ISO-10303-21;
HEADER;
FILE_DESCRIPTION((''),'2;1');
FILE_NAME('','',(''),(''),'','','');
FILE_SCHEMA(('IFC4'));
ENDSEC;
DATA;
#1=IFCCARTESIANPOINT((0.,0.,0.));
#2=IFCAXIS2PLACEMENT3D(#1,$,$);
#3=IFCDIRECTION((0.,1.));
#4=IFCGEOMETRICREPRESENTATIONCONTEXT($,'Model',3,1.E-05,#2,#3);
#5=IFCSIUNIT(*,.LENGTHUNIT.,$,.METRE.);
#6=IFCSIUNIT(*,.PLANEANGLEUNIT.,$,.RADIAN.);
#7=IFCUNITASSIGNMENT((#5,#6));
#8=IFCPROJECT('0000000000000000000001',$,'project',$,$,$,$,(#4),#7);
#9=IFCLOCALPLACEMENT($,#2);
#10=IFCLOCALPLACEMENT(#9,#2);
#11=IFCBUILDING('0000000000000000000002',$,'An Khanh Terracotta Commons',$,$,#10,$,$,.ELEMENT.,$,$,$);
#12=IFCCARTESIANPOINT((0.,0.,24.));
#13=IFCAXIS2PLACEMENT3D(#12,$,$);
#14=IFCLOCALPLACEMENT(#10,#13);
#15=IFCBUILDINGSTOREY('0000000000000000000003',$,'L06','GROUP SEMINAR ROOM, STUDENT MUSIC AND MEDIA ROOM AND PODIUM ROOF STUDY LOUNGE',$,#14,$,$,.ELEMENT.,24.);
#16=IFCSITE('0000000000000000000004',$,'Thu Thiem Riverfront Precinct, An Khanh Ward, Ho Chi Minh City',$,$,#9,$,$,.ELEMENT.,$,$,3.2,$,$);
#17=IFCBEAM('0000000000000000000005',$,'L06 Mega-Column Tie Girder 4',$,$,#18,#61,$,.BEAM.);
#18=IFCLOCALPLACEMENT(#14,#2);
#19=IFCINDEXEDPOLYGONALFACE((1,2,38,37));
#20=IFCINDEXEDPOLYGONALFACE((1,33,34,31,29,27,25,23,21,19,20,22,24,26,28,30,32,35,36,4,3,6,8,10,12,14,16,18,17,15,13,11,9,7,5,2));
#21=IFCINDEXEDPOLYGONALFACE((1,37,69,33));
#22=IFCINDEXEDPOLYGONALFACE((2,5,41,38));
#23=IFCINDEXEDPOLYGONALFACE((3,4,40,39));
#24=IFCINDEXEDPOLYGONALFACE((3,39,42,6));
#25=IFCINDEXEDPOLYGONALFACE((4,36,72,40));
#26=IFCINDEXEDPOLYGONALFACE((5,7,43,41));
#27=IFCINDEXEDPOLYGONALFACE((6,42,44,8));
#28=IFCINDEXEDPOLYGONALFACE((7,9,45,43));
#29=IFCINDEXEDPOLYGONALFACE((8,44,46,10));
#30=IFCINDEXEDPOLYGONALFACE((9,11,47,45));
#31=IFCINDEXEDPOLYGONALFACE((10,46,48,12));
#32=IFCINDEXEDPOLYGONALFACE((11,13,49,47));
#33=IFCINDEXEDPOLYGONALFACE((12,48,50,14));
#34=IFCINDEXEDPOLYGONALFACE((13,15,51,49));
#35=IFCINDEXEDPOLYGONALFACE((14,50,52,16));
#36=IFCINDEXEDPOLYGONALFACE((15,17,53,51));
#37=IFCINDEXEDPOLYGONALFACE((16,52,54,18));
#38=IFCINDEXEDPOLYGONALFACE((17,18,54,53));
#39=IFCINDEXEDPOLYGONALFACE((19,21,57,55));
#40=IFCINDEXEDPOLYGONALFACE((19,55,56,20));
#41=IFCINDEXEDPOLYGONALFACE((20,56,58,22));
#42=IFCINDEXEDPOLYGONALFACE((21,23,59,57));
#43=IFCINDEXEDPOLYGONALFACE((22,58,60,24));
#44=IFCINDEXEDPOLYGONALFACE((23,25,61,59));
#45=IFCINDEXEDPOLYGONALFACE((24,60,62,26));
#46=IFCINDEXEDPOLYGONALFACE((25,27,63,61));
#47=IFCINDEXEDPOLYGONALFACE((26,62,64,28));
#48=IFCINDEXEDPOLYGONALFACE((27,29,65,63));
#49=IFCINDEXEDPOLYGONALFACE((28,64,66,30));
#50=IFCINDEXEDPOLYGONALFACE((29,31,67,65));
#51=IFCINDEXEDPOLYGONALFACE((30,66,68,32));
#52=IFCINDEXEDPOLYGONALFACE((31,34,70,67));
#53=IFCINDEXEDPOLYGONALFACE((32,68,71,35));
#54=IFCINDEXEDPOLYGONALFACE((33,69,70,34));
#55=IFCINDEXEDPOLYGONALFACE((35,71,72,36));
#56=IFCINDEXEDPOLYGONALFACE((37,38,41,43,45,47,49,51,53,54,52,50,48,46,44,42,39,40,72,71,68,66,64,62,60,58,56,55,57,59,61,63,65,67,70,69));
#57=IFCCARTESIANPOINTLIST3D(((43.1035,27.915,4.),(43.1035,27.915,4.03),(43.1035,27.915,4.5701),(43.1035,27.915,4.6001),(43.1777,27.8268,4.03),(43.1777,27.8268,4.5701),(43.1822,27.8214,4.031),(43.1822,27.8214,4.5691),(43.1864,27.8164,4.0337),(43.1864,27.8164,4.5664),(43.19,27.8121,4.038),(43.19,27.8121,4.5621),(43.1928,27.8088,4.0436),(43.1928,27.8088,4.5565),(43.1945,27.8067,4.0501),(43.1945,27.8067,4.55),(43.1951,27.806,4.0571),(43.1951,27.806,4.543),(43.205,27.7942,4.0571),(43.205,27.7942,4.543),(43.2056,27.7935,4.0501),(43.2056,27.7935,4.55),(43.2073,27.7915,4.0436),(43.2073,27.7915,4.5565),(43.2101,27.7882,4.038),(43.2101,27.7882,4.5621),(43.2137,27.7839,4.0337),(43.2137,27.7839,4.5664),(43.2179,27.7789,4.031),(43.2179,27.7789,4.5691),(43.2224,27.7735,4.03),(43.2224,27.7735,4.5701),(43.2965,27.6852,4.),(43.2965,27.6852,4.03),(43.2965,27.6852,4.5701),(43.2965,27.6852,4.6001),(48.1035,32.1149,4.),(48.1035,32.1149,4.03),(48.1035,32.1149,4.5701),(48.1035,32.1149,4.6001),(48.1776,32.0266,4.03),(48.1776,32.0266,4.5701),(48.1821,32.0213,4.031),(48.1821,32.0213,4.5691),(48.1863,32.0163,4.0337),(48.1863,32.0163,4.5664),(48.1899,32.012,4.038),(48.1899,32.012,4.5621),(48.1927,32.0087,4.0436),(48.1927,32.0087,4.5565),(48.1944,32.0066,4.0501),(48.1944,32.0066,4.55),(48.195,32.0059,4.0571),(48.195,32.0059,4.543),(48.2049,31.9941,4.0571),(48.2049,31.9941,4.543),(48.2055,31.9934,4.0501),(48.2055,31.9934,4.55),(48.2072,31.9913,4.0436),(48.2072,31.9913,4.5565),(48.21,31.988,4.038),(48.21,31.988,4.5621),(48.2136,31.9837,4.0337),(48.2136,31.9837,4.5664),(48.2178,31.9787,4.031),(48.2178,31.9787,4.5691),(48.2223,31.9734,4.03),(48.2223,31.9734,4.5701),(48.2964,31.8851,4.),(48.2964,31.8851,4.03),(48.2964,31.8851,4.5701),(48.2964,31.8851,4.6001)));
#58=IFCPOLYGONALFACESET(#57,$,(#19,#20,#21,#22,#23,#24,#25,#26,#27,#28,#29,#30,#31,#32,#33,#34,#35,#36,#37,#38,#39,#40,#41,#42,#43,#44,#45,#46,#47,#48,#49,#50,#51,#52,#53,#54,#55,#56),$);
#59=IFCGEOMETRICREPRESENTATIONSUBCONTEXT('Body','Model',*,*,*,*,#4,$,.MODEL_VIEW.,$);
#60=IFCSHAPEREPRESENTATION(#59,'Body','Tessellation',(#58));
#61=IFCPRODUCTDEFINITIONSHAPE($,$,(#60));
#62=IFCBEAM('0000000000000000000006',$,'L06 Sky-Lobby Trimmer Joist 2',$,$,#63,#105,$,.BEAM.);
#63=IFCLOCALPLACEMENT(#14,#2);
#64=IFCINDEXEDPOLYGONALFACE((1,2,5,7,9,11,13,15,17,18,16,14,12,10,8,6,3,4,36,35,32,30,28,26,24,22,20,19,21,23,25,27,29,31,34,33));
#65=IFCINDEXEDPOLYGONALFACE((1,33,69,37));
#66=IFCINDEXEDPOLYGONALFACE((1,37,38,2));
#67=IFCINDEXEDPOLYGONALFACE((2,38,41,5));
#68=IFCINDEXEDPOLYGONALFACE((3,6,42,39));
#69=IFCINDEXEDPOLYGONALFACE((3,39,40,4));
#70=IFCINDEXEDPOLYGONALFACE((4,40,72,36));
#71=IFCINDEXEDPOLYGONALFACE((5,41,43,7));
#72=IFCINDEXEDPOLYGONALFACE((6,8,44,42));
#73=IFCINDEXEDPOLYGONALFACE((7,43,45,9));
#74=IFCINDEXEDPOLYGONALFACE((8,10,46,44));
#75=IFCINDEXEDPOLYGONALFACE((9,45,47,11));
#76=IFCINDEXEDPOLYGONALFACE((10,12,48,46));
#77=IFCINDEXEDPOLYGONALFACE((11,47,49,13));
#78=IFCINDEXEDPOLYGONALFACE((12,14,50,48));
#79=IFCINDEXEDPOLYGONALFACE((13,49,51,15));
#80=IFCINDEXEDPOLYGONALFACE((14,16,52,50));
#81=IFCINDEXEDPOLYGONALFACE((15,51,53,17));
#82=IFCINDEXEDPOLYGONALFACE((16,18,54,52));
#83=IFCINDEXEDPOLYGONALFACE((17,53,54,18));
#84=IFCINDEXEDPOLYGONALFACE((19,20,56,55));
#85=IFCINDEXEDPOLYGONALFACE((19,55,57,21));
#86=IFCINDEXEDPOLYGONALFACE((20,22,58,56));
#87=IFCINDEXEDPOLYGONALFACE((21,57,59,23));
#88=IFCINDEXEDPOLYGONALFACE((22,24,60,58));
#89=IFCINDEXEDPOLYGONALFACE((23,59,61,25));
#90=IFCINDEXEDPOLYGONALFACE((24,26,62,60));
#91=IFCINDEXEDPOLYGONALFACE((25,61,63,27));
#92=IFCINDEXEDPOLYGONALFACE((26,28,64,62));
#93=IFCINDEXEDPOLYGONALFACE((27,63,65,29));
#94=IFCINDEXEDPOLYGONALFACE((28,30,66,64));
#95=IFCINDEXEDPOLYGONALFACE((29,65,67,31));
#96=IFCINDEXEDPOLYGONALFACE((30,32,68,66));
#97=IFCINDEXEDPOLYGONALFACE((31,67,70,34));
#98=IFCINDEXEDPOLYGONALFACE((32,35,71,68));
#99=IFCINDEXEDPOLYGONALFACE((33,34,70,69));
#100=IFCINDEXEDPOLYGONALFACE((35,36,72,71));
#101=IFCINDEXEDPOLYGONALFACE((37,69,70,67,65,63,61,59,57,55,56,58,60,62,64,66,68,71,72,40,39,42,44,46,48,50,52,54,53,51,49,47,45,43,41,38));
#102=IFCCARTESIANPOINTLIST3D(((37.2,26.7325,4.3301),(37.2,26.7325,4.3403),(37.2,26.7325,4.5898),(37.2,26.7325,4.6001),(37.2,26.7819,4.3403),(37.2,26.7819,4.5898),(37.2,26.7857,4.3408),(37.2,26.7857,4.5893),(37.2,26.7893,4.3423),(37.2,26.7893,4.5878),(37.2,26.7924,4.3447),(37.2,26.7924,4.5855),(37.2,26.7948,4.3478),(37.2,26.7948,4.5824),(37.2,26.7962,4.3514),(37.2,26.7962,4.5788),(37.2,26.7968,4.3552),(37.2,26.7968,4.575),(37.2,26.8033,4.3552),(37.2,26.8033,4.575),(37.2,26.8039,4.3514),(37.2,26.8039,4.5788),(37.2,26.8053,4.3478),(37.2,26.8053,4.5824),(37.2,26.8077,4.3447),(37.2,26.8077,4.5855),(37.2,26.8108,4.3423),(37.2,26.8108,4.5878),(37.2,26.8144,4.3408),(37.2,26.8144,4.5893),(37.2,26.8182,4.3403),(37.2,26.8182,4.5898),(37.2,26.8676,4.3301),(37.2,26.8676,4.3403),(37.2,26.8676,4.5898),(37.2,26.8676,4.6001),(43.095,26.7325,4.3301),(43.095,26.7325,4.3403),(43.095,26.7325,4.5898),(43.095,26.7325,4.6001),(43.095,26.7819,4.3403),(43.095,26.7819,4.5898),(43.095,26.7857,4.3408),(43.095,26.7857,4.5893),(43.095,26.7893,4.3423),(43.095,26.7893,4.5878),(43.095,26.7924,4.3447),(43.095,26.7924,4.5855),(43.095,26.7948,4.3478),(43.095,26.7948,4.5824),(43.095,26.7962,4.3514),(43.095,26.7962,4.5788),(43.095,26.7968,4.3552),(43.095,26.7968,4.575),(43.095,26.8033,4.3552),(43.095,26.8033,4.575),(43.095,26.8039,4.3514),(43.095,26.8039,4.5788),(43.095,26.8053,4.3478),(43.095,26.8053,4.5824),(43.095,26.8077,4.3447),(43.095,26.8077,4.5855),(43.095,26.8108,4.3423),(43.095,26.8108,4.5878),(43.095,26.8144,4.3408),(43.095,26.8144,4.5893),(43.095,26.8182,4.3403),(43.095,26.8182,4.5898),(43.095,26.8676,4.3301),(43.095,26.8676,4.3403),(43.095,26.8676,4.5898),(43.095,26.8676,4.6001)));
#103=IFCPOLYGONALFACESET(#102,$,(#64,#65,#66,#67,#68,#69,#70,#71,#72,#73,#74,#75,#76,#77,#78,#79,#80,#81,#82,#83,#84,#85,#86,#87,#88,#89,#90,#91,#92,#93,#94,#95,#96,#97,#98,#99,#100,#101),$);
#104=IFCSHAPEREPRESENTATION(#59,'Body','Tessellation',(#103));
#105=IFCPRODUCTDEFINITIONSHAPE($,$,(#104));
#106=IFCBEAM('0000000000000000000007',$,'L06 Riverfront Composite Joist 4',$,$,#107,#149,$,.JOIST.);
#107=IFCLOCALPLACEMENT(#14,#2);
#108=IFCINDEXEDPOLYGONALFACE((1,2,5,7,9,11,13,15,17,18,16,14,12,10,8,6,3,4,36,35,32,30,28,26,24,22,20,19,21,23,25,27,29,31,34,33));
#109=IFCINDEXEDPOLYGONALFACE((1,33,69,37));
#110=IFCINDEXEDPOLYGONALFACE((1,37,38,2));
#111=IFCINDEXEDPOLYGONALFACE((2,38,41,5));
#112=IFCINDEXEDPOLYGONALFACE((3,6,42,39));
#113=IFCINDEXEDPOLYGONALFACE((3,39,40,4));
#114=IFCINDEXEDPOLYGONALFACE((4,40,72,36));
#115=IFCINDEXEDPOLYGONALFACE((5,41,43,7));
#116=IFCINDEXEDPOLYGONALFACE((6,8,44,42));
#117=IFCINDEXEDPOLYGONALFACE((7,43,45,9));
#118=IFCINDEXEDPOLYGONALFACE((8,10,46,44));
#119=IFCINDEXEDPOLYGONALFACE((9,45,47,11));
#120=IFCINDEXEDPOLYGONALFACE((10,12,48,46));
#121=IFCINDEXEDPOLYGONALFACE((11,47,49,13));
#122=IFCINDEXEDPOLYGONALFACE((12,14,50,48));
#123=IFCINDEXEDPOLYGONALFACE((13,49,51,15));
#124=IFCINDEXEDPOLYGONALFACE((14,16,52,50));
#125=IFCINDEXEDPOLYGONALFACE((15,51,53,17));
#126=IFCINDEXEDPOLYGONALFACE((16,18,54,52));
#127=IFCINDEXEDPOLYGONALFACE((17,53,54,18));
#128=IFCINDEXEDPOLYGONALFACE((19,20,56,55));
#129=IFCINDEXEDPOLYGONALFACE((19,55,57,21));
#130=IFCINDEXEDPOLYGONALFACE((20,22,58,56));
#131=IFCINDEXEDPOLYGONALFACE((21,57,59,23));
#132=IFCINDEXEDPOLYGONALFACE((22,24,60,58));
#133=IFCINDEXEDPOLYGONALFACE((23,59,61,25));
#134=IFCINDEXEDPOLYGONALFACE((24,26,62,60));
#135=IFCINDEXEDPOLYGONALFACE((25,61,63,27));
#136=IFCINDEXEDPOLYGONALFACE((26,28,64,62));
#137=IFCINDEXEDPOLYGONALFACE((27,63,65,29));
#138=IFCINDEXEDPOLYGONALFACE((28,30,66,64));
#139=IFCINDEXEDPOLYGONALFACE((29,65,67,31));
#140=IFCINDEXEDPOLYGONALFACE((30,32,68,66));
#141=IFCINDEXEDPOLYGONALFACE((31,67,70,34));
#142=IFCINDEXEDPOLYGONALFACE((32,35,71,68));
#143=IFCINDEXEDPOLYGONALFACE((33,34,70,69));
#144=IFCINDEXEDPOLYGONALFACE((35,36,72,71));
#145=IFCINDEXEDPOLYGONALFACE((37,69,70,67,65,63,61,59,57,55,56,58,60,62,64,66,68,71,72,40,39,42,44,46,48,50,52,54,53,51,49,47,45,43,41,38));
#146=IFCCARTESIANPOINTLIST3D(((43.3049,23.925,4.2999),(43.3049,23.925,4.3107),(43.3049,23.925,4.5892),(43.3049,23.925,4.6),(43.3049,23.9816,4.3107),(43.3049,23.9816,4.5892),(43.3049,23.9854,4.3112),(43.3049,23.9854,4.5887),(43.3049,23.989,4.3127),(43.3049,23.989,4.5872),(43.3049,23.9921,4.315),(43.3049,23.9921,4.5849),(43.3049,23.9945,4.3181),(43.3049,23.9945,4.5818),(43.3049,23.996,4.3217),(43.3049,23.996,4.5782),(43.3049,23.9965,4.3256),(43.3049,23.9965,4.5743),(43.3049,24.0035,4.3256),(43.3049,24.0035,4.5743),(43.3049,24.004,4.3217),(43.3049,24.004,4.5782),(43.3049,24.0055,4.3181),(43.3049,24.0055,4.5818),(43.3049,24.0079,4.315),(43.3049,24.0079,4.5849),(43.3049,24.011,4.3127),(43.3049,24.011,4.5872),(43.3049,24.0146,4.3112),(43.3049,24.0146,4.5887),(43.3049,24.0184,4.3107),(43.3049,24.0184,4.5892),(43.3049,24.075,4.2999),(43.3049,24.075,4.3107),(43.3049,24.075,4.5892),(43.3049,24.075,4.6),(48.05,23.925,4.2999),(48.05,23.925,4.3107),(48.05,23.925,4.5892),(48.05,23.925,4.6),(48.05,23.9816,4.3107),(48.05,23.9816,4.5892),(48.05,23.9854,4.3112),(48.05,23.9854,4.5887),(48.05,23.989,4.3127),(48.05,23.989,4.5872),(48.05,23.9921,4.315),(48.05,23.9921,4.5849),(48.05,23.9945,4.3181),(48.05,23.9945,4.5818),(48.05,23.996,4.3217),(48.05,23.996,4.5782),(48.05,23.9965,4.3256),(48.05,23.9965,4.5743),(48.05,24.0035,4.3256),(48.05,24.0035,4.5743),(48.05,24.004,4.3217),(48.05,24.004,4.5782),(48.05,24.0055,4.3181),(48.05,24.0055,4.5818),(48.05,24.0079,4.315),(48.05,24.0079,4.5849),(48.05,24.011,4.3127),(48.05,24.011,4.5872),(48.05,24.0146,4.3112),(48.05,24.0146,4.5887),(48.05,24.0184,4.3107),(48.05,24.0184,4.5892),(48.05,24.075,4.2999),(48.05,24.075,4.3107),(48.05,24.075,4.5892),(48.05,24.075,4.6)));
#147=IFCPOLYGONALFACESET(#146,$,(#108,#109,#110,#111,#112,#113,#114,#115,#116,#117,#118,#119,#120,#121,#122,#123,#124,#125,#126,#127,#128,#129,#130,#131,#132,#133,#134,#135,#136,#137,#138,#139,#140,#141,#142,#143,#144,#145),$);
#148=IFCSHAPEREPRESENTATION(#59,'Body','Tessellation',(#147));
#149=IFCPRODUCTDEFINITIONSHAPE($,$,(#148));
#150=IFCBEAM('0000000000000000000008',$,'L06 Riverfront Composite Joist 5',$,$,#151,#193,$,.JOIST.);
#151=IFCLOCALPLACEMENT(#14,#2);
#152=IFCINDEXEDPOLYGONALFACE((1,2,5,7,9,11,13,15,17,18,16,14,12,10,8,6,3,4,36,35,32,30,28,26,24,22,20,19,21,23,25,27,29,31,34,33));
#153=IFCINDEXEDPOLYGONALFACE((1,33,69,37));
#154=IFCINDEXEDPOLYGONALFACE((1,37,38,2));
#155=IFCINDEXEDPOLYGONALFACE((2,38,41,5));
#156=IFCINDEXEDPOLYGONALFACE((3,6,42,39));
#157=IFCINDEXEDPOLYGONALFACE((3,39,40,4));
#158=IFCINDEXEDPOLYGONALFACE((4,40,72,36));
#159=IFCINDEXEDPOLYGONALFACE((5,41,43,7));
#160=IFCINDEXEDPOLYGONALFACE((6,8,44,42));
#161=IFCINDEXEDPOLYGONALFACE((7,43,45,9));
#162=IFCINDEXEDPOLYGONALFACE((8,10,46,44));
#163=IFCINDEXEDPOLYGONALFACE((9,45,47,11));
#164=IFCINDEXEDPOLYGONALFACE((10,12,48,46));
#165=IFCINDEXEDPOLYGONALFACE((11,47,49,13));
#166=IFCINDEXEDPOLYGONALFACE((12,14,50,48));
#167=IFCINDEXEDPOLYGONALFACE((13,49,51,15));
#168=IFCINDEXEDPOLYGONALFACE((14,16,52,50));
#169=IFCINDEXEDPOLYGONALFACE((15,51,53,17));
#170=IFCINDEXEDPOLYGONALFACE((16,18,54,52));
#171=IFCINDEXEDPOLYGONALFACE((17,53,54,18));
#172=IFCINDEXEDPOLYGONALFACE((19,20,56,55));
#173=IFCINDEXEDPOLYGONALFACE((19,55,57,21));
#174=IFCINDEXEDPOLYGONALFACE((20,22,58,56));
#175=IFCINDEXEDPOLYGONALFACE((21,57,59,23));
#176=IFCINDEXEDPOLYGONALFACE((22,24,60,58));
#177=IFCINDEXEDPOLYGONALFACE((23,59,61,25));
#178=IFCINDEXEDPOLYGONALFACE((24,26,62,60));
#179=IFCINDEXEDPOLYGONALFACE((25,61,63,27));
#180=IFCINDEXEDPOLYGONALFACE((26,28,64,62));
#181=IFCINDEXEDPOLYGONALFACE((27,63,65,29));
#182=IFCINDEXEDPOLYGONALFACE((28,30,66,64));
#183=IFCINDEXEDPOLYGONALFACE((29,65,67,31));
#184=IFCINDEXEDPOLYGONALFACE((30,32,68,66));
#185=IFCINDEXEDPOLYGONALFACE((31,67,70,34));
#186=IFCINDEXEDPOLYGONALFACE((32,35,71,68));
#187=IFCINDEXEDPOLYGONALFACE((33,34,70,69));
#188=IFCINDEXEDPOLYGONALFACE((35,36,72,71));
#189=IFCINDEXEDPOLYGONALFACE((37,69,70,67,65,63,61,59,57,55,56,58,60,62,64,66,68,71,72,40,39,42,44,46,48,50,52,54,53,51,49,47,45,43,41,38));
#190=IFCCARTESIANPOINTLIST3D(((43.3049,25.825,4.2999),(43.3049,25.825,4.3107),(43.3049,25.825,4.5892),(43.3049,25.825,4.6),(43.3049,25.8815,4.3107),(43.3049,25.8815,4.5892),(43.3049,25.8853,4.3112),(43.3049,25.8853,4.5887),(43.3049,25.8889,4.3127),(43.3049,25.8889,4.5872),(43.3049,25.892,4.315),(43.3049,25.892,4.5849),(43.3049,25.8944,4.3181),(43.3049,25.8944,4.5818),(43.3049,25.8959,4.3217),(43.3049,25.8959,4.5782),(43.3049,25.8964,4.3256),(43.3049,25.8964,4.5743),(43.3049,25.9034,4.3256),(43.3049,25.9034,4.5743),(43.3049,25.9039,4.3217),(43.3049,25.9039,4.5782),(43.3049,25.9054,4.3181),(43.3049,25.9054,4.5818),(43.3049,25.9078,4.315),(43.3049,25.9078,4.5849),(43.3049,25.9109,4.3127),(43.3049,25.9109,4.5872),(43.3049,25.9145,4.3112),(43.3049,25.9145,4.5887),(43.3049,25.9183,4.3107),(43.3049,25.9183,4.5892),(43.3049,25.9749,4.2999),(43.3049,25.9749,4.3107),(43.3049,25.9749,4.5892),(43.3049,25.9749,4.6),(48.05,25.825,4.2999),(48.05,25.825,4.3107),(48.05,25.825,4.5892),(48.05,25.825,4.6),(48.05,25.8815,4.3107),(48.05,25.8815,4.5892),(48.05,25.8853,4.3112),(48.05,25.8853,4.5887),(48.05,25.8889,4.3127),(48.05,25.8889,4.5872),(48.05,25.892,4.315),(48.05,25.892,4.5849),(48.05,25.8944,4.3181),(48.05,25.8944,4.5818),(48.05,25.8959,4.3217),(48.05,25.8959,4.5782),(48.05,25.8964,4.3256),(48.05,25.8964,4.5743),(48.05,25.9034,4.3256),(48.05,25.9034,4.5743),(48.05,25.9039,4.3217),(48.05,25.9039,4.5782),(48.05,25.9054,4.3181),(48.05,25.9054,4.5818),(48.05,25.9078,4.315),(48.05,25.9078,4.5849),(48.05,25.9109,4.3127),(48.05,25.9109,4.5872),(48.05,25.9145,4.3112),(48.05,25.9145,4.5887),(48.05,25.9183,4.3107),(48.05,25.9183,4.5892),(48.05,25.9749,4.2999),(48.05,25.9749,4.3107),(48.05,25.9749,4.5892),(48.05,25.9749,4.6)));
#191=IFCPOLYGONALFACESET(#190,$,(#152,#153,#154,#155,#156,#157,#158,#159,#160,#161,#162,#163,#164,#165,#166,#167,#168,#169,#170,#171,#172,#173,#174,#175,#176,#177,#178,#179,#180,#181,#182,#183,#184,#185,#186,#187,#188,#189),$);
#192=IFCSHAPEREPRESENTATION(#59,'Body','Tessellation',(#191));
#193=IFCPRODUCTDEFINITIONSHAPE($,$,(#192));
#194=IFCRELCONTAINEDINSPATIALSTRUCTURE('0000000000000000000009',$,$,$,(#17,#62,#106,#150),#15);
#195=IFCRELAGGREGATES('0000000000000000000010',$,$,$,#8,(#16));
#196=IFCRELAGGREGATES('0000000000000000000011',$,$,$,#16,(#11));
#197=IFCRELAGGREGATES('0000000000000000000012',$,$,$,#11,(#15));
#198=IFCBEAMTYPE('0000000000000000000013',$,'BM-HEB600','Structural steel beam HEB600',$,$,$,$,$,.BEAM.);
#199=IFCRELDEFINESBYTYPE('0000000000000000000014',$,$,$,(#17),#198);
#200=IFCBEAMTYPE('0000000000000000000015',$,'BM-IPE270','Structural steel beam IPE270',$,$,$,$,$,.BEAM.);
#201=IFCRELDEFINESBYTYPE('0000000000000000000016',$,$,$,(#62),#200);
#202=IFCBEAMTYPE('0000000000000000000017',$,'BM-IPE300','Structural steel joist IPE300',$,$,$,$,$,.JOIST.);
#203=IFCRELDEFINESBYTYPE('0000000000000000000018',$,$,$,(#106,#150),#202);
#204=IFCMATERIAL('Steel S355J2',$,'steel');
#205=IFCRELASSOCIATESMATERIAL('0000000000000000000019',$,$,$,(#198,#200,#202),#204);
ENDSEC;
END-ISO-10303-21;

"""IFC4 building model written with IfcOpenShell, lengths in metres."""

from ifc_helpers import new_model, si_unit, direction, frame, origin, origin_2d, place, context, subcontext, project, spatial, i_section, extrude, material, material_profile, profile_set, type_object, element, save


model = new_model("IFC4")

# Units and contexts
model_context = context("Model", 3, precision=1e-05, world=origin(), true_north=direction((0.0, 1.0)))
body_context = subcontext(model_context, "Body", "Model", "MODEL_VIEW")
ifc_project = project(units=[si_unit("LENGTHUNIT", "METRE"), si_unit("PLANEANGLEUNIT", "RADIAN")], contexts=[model_context])

# Site, building, storey
site_placement = place(None, origin())
site = spatial("IfcSite", under=ifc_project, at=site_placement, Name="Thu Thiem Riverfront Precinct, An Khanh Ward, Ho Chi Minh City", CompositionType="ELEMENT", RefElevation=3.2)
building_placement = place(site_placement, origin())
building = spatial("IfcBuilding", under=site, at=building_placement, Name="An Khanh Terracotta Commons", CompositionType="ELEMENT")
storey_placement = place(building_placement, frame((0.0, 0.0, 24.0)))
storey = spatial("IfcBuildingStorey", under=building, at=storey_placement, Name="L06", Description="GROUP SEMINAR ROOM, STUDENT MUSIC AND MEDIA ROOM AND PODIUM ROOF STUDY LOUNGE", CompositionType="ELEMENT", Elevation=24.0)

# Beams
ifc_material_1 = material(Name="Steel S355J2", Category="steel")
ifc_material_profile_1 = material_profile(ifc_material_1, i_section(OverallWidth=0.3, OverallDepth=0.6001, WebThickness=0.0154, FlangeThickness=0.03, FilletRadius=0.0271, at=origin_2d()), Name="HEB600")
ifc_profile_set_1 = profile_set([ifc_material_profile_1], Name="Steel S355J2")
beam_type_1 = type_object("IfcBeamType", Name="BM-HEB600", Description="Structural steel beam HEB600", PredefinedType="BEAM", material=ifc_profile_set_1)
beam_1_placement = place(storey_placement, frame((48.2, 32.0, 4.3), z_axis=(-0.765709, -0.643188, 0.0), x_axis=(0.643188, -0.765709, 0.0)))
element("IfcBeam", 1, at=beam_1_placement, inside=storey, type_object=beam_type_1, Name="L06 Mega-Column Tie Girder 4", PredefinedType="BEAM", context=body_context, shape_type="SweptSolid", body=[
    extrude(i_section(OverallWidth=0.3, OverallDepth=0.6001, WebThickness=0.0154, FlangeThickness=0.03, FilletRadius=0.0271, at=origin_2d()), origin(), (0.0, 0.0, 1.0), 6.5298),
])
ifc_material_profile_2 = material_profile(ifc_material_1, i_section(OverallWidth=0.135, OverallDepth=0.27, WebThickness=0.0066, FlangeThickness=0.0103, FilletRadius=0.0149, at=origin_2d()), Name="IPE270")
ifc_profile_set_2 = profile_set([ifc_material_profile_2], Name="Steel S355J2")
beam_type_2 = type_object("IfcBeamType", Name="BM-IPE270", Description="Structural steel beam IPE270", PredefinedType="BEAM", material=ifc_profile_set_2)
beam_2_placement = place(storey_placement, frame((37.2, 26.8, 4.4651), z_axis=(1.0, 0.0, 0.0), x_axis=(0.0, 1.0, 0.0)))
element("IfcBeam", 2, at=beam_2_placement, inside=storey, type_object=beam_type_2, Name="L06 Sky-Lobby Trimmer Joist 2", PredefinedType="BEAM", context=body_context, shape_type="SweptSolid", body=[
    extrude(i_section(OverallWidth=0.135, OverallDepth=0.27, WebThickness=0.0066, FlangeThickness=0.0103, FilletRadius=0.0149, at=origin_2d()), origin(), (0.0, 0.0, 1.0), 5.895),
])
ifc_material_profile_3 = material_profile(ifc_material_1, i_section(OverallWidth=0.1499, OverallDepth=0.3, WebThickness=0.0071, FlangeThickness=0.0107, FilletRadius=0.0149, at=origin_2d()), Name="IPE300")
ifc_profile_set_3 = profile_set([ifc_material_profile_3], Name="Steel S355J2")
beam_type_3 = type_object("IfcBeamType", Name="BM-IPE300", Description="Structural steel joist IPE300", PredefinedType="JOIST", material=ifc_profile_set_3)
for number, where, z_axis, x_axis, name in (
    (3, (43.3049, 24.0, 4.45), (1.0, 0.0, 0.0), (0.0, 1.0, 0.0), "L06 Riverfront Composite Joist 4"),
    (4, (43.3049, 25.8999, 4.45), (1.0, 0.0, 0.0), (0.0, 1.0, 0.0), "L06 Riverfront Composite Joist 5"),
):
    element("IfcBeam", number, at=place(storey_placement, frame(where, z_axis=z_axis, x_axis=x_axis)), inside=storey, type_object=beam_type_3, Name=name, PredefinedType="JOIST", context=body_context, shape_type="SweptSolid", body=[
        extrude(i_section(OverallWidth=0.1499, OverallDepth=0.3, WebThickness=0.0071, FlangeThickness=0.0107, FilletRadius=0.0149, at=origin_2d()), origin(), (0.0, 0.0, 1.0), 4.7451),
    ])

save(model, "model.ifc")
